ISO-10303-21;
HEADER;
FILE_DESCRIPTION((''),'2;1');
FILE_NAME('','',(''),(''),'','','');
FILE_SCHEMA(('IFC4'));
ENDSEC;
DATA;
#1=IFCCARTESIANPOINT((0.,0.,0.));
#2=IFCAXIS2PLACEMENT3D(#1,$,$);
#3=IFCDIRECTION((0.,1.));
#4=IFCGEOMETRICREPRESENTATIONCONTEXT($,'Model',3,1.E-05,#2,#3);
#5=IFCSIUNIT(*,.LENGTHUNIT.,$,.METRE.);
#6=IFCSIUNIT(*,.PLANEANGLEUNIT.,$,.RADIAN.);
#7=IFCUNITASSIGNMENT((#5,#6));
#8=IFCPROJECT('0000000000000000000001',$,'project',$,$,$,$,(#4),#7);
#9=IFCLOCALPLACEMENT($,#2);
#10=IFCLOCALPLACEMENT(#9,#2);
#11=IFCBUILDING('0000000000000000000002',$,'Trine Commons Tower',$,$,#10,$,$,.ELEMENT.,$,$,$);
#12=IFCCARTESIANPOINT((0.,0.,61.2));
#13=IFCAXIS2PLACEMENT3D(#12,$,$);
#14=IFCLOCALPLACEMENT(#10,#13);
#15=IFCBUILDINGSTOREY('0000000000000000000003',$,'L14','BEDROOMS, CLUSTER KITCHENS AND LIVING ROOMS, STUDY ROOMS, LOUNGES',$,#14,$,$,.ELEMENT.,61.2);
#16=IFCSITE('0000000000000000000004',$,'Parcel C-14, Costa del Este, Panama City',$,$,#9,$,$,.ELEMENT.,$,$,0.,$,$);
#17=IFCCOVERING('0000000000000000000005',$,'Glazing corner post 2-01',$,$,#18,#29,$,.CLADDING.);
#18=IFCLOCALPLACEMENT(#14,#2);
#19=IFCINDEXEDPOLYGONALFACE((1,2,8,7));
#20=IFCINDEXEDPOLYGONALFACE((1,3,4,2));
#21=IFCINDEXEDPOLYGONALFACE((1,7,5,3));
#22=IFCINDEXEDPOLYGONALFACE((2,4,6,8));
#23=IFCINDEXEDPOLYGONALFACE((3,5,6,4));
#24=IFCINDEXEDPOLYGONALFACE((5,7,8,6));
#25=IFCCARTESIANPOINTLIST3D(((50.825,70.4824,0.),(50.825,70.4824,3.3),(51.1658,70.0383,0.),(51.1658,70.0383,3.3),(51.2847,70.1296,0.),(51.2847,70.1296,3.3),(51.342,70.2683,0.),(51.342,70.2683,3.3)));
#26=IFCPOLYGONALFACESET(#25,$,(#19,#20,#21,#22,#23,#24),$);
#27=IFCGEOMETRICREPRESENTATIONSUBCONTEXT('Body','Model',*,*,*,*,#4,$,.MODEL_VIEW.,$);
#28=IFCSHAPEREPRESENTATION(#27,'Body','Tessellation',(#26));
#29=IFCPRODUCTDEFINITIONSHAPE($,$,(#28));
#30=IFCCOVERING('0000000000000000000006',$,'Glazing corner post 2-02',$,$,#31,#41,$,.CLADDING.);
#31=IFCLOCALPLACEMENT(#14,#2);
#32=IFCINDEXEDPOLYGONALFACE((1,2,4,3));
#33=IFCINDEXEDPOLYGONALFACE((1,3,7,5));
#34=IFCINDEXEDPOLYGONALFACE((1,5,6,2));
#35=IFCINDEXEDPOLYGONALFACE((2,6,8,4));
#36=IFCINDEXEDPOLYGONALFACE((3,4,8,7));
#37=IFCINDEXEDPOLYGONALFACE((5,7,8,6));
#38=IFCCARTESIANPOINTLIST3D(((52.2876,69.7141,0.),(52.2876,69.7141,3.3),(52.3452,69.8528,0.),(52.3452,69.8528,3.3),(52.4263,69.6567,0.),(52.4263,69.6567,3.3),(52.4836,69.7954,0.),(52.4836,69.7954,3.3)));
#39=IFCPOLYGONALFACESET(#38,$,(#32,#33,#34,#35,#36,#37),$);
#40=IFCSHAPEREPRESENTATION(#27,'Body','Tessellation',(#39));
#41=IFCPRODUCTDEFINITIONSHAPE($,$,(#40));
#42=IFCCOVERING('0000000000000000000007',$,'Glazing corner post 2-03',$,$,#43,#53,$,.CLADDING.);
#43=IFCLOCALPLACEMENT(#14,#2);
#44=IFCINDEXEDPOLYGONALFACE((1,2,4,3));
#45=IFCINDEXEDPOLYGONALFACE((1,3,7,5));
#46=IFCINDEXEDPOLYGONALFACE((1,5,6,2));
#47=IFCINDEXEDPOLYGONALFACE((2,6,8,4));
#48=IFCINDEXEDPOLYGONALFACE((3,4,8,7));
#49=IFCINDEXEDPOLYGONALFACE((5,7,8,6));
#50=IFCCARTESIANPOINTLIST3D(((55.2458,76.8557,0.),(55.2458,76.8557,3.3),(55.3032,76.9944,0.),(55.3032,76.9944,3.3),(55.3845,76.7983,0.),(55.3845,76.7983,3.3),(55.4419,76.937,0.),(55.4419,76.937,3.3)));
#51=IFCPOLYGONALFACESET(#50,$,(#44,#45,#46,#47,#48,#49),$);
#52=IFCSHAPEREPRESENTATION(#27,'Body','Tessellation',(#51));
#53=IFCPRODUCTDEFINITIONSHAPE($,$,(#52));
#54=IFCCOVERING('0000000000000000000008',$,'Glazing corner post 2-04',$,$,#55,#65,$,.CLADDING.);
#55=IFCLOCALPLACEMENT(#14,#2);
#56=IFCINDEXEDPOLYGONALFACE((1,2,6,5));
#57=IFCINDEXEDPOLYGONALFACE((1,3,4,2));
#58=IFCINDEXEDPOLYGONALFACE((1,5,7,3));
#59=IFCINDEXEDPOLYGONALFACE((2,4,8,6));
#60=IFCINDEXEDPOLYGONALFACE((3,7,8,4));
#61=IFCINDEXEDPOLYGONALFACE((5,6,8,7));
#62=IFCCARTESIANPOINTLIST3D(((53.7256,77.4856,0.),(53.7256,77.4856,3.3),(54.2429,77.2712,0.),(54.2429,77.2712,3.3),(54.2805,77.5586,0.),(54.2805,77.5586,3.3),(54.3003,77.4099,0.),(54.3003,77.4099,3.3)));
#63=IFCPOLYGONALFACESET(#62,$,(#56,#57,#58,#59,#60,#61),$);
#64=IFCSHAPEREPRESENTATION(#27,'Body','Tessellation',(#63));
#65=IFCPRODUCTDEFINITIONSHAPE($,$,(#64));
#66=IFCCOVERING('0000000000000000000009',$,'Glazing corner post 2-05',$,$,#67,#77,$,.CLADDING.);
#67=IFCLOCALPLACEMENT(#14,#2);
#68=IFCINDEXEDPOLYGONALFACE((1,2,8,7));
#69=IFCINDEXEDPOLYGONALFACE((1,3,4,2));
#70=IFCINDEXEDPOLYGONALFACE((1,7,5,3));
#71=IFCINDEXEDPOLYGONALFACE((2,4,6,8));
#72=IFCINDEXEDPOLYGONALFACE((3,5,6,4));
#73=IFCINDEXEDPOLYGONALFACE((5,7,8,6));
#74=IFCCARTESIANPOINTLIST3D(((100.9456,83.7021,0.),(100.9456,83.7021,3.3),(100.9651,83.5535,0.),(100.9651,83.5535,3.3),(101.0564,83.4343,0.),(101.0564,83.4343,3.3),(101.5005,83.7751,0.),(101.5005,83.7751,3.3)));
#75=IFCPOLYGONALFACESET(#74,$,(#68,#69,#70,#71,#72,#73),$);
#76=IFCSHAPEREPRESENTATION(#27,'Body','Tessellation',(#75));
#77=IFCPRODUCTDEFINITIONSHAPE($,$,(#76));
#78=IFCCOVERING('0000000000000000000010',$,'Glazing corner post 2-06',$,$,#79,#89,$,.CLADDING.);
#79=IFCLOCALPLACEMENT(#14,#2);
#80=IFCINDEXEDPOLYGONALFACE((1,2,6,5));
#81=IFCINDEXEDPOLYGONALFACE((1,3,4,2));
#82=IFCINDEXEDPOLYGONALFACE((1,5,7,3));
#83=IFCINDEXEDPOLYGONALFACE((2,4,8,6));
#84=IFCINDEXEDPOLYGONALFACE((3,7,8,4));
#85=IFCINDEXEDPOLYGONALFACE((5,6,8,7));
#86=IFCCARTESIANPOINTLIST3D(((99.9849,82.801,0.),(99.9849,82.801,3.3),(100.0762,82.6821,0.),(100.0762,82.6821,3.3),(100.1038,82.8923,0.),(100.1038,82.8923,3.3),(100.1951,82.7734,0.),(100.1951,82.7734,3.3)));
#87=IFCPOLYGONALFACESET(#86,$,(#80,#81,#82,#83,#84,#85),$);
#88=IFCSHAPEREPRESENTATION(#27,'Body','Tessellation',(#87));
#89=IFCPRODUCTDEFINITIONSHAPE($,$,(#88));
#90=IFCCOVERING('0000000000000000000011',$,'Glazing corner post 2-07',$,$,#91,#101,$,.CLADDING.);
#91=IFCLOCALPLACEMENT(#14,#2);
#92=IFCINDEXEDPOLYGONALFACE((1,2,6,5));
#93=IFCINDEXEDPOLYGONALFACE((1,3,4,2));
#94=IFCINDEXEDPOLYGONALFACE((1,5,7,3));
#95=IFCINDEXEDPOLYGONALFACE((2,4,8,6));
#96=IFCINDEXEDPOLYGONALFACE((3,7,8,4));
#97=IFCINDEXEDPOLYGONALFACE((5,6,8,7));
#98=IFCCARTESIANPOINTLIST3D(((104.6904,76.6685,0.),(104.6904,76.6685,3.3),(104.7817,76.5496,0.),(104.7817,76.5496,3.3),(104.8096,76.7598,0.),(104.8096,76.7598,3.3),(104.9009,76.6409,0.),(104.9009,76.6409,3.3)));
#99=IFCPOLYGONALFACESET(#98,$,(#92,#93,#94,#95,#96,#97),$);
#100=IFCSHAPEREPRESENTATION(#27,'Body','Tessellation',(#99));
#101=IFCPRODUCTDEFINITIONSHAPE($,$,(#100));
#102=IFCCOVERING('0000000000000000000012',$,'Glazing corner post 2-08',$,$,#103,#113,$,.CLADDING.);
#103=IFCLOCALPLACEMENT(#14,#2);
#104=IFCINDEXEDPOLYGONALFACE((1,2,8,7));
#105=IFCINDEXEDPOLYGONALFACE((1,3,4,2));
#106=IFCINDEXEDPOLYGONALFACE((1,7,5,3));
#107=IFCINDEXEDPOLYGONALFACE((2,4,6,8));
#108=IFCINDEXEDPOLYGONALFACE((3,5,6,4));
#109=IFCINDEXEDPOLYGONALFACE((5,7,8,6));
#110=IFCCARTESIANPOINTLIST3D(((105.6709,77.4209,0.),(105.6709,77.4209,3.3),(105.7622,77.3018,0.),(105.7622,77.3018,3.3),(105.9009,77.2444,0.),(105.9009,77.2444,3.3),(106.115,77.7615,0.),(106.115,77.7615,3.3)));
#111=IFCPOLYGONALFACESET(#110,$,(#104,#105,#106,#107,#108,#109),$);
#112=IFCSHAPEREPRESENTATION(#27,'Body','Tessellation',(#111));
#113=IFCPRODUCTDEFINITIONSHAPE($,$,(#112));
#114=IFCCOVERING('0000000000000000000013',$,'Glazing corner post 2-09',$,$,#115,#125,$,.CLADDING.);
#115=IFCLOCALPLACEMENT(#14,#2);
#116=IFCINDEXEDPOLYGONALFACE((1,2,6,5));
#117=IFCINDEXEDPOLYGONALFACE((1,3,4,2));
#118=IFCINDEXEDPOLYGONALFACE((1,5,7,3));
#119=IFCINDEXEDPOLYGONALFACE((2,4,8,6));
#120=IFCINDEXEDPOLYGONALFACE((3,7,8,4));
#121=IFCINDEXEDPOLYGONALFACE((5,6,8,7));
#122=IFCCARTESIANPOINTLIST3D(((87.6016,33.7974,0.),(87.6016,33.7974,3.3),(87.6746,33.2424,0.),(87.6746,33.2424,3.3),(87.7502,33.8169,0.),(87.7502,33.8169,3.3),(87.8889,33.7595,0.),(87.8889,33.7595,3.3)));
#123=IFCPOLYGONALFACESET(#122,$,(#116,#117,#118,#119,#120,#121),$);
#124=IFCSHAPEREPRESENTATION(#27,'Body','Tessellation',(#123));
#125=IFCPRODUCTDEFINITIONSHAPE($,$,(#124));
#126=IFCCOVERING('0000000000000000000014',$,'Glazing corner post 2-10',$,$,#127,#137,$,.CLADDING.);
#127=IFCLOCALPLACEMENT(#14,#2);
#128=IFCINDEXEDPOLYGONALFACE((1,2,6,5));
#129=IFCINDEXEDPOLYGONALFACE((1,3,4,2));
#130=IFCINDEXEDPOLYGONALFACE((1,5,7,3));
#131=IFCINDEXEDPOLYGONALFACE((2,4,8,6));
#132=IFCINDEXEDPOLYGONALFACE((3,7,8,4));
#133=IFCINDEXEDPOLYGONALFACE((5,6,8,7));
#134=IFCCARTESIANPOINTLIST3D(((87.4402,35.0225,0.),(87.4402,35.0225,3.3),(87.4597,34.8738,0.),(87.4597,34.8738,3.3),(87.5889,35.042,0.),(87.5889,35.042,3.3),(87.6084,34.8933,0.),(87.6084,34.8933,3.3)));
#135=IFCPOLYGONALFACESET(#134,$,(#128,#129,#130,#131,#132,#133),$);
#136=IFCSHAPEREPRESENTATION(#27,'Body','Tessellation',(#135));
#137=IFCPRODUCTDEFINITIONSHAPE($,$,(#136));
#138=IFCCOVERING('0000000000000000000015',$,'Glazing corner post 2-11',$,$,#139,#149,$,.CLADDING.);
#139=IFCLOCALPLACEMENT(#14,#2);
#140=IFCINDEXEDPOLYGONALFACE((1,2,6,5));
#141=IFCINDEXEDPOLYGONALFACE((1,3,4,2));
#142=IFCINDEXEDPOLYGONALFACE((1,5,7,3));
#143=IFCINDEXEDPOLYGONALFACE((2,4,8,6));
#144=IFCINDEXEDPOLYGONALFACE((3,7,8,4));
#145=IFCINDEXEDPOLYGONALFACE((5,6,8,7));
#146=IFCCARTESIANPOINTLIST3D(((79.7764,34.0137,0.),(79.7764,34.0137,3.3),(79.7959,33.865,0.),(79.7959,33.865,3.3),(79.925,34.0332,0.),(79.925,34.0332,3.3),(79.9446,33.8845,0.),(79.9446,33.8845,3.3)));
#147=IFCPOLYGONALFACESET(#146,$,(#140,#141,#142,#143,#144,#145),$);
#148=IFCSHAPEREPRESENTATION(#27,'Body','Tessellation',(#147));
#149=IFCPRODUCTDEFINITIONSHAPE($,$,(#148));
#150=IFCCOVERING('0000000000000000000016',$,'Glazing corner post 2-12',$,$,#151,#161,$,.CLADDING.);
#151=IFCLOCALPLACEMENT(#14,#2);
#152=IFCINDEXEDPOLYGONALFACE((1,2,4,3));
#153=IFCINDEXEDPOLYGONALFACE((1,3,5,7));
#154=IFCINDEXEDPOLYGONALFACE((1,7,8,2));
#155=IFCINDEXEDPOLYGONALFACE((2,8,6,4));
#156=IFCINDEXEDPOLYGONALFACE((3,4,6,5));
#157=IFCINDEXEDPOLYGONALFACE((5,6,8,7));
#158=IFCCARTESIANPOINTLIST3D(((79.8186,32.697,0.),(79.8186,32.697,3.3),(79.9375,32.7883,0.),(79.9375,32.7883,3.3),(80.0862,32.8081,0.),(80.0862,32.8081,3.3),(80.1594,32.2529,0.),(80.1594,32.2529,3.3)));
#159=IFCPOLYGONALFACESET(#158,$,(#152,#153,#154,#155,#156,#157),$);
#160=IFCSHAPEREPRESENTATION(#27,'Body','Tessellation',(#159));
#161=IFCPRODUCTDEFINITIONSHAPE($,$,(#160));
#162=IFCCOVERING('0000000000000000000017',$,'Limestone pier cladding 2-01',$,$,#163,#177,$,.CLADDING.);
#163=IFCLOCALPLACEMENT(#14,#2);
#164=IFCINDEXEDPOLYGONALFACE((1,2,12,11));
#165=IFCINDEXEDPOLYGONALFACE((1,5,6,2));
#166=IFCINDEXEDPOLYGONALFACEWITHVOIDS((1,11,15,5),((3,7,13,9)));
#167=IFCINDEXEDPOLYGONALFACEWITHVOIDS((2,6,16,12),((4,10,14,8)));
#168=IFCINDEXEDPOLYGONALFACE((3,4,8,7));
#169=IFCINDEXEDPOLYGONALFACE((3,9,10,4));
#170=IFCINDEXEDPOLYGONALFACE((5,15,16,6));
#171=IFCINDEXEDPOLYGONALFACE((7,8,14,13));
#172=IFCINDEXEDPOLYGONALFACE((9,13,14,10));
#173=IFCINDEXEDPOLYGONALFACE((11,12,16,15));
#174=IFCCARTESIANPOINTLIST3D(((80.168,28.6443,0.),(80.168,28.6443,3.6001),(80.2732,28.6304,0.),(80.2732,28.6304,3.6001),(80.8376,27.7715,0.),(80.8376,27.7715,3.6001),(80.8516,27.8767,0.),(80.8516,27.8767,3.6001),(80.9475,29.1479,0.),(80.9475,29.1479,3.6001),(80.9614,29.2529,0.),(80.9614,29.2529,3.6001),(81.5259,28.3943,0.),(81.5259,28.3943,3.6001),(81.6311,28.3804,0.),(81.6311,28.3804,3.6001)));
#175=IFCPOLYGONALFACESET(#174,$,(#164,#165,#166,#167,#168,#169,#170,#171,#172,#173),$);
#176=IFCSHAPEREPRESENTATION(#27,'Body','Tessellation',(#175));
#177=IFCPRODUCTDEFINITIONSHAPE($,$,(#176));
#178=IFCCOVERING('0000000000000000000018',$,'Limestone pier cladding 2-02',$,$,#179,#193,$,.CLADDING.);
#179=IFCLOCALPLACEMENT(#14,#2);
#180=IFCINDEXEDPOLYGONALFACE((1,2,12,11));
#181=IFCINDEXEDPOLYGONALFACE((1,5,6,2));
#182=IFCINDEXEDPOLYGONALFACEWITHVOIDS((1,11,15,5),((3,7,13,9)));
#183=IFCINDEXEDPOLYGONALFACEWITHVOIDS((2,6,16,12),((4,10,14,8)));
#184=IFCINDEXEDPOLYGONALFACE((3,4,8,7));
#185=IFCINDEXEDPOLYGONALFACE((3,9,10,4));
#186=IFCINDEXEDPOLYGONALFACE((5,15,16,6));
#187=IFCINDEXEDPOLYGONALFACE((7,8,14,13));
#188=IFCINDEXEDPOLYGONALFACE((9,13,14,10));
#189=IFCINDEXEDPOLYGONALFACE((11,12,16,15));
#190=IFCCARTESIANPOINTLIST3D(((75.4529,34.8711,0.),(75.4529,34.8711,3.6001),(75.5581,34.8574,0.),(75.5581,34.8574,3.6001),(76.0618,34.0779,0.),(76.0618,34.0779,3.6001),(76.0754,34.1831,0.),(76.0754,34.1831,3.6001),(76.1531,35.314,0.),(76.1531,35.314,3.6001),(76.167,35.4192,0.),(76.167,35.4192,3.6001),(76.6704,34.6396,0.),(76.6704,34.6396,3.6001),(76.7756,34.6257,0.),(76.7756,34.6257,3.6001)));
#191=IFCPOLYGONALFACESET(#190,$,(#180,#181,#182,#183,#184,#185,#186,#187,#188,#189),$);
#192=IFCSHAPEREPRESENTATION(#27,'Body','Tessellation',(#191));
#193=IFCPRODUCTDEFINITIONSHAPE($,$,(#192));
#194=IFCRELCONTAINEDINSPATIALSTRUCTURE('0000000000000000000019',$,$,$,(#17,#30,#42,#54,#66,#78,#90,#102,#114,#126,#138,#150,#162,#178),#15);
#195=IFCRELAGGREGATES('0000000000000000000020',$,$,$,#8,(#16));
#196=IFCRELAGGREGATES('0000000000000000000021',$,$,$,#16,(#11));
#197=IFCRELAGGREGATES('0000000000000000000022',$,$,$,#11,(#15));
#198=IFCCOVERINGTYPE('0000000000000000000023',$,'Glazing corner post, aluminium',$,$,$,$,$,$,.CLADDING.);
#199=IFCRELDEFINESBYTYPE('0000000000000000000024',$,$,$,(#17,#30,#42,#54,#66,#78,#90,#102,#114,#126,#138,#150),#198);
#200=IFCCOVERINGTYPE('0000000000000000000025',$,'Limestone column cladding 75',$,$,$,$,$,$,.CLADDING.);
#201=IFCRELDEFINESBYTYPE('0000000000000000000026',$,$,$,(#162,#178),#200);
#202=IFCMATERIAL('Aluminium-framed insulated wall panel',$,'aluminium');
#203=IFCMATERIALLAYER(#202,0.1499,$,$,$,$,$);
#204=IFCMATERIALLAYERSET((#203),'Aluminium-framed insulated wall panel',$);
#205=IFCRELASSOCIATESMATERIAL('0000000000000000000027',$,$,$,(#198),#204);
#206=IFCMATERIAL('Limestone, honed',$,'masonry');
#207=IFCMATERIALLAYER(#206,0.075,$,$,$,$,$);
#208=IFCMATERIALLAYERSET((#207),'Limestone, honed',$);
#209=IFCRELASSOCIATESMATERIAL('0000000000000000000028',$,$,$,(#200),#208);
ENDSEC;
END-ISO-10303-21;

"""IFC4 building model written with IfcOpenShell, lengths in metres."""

from ifc_helpers import new_model, si_unit, direction, frame, origin, place, context, subcontext, project, spatial, polyline, outline, extrude, material, layer, layer_set, type_object, element, save


model = new_model("IFC4")

# Units and contexts
model_context = context("Model", 3, precision=1e-05, world=origin(), true_north=direction((0.0, 1.0)))
body_context = subcontext(model_context, "Body", "Model", "MODEL_VIEW")
ifc_project = project(units=[si_unit("LENGTHUNIT", "METRE"), si_unit("PLANEANGLEUNIT", "RADIAN")], contexts=[model_context])

# Site, building, storey
site_placement = place(None, origin())
site = spatial("IfcSite", under=ifc_project, at=site_placement, Name="Parcel C-14, Costa del Este, Panama City", CompositionType="ELEMENT", RefElevation=0.0)
building_placement = place(site_placement, origin())
building = spatial("IfcBuilding", under=site, at=building_placement, Name="Trine Commons Tower", CompositionType="ELEMENT")
storey_placement = place(building_placement, frame((0.0, 0.0, 61.2)))
storey = spatial("IfcBuildingStorey", under=building, at=storey_placement, Name="L14", Description="BEDROOMS, CLUSTER KITCHENS AND LIVING ROOMS, STUDY ROOMS, LOUNGES", CompositionType="ELEMENT", Elevation=61.2)

# Coverings
ifc_material_1 = material(Name="Aluminium-framed insulated wall panel", Category="aluminium")
ifc_layer_1 = layer(ifc_material_1, 0.1499)
ifc_layer_set_1 = layer_set([ifc_layer_1], Name="Aluminium-framed insulated wall panel")
covering_type_1 = type_object("IfcCoveringType", Name="Glazing corner post, aluminium", PredefinedType="CLADDING", material=ifc_layer_set_1)
covering_1_placement = place(storey_placement, origin())
element("IfcCovering", 1, at=covering_1_placement, inside=storey, type_object=covering_type_1, Name="Glazing corner post 2-01", PredefinedType="CLADDING", context=body_context, shape_type="SweptSolid", body=[
    extrude(outline(polyline([(51.1658, 70.0383), (51.2847, 70.1296), (51.342, 70.2683), (50.825, 70.4824), (51.1658, 70.0383)])), origin(), (0.0, 0.0, 1.0), 3.3),
])
covering_2_placement = place(storey_placement, origin())
element("IfcCovering", 2, at=covering_2_placement, inside=storey, type_object=covering_type_1, Name="Glazing corner post 2-02", PredefinedType="CLADDING", context=body_context, shape_type="SweptSolid", body=[
    extrude(outline(polyline([(52.2876, 69.7141), (52.4263, 69.6567), (52.4836, 69.7954), (52.3452, 69.8528), (52.2876, 69.7141)])), origin(), (0.0, 0.0, 1.0), 3.3),
])
covering_3_placement = place(storey_placement, origin())
element("IfcCovering", 3, at=covering_3_placement, inside=storey, type_object=covering_type_1, Name="Glazing corner post 2-03", PredefinedType="CLADDING", context=body_context, shape_type="SweptSolid", body=[
    extrude(outline(polyline([(55.3845, 76.7983), (55.4419, 76.937), (55.3032, 76.9944), (55.2458, 76.8557), (55.3845, 76.7983)])), origin(), (0.0, 0.0, 1.0), 3.3),
])
covering_4_placement = place(storey_placement, origin())
element("IfcCovering", 4, at=covering_4_placement, inside=storey, type_object=covering_type_1, Name="Glazing corner post 2-04", PredefinedType="CLADDING", context=body_context, shape_type="SweptSolid", body=[
    extrude(outline(polyline([(54.2429, 77.2712), (54.3003, 77.4099), (54.2805, 77.5586), (53.7256, 77.4856), (54.2429, 77.2712)])), origin(), (0.0, 0.0, 1.0), 3.3),
])
covering_5_placement = place(storey_placement, origin())
element("IfcCovering", 5, at=covering_5_placement, inside=storey, type_object=covering_type_1, Name="Glazing corner post 2-05", PredefinedType="CLADDING", context=body_context, shape_type="SweptSolid", body=[
    extrude(outline(polyline([(101.0564, 83.4343), (101.5005, 83.7751), (100.9456, 83.7021), (100.9651, 83.5535), (101.0564, 83.4343)])), origin(), (0.0, 0.0, 1.0), 3.3),
])
covering_6_placement = place(storey_placement, origin())
element("IfcCovering", 6, at=covering_6_placement, inside=storey, type_object=covering_type_1, Name="Glazing corner post 2-06", PredefinedType="CLADDING", context=body_context, shape_type="SweptSolid", body=[
    extrude(outline(polyline([(100.0762, 82.6821), (100.1951, 82.7734), (100.1038, 82.8923), (99.9849, 82.801), (100.0762, 82.6821)])), origin(), (0.0, 0.0, 1.0), 3.3),
])
covering_7_placement = place(storey_placement, origin())
element("IfcCovering", 7, at=covering_7_placement, inside=storey, type_object=covering_type_1, Name="Glazing corner post 2-07", PredefinedType="CLADDING", context=body_context, shape_type="SweptSolid", body=[
    extrude(outline(polyline([(104.6904, 76.6685), (104.7817, 76.5496), (104.9009, 76.6409), (104.8096, 76.7598), (104.6904, 76.6685)])), origin(), (0.0, 0.0, 1.0), 3.3),
])
covering_8_placement = place(storey_placement, origin())
element("IfcCovering", 8, at=covering_8_placement, inside=storey, type_object=covering_type_1, Name="Glazing corner post 2-08", PredefinedType="CLADDING", context=body_context, shape_type="SweptSolid", body=[
    extrude(outline(polyline([(105.9009, 77.2444), (106.115, 77.7615), (105.6709, 77.4209), (105.7622, 77.3018), (105.9009, 77.2444)])), origin(), (0.0, 0.0, 1.0), 3.3),
])
covering_9_placement = place(storey_placement, origin())
element("IfcCovering", 9, at=covering_9_placement, inside=storey, type_object=covering_type_1, Name="Glazing corner post 2-09", PredefinedType="CLADDING", context=body_context, shape_type="SweptSolid", body=[
    extrude(outline(polyline([(87.6016, 33.7974), (87.6746, 33.2424), (87.8889, 33.7595), (87.7502, 33.8169), (87.6016, 33.7974)])), origin(), (0.0, 0.0, 1.0), 3.3),
])
covering_10_placement = place(storey_placement, origin())
element("IfcCovering", 10, at=covering_10_placement, inside=storey, type_object=covering_type_1, Name="Glazing corner post 2-10", PredefinedType="CLADDING", context=body_context, shape_type="SweptSolid", body=[
    extrude(outline(polyline([(87.4402, 35.0225), (87.4597, 34.8738), (87.6084, 34.8933), (87.5889, 35.042), (87.4402, 35.0225)])), origin(), (0.0, 0.0, 1.0), 3.3),
])
covering_11_placement = place(storey_placement, origin())
element("IfcCovering", 11, at=covering_11_placement, inside=storey, type_object=covering_type_1, Name="Glazing corner post 2-11", PredefinedType="CLADDING", context=body_context, shape_type="SweptSolid", body=[
    extrude(outline(polyline([(79.7959, 33.865), (79.9446, 33.8845), (79.925, 34.0332), (79.7764, 34.0137), (79.7959, 33.865)])), origin(), (0.0, 0.0, 1.0), 3.3),
])
covering_12_placement = place(storey_placement, origin())
element("IfcCovering", 12, at=covering_12_placement, inside=storey, type_object=covering_type_1, Name="Glazing corner post 2-12", PredefinedType="CLADDING", context=body_context, shape_type="SweptSolid", body=[
    extrude(outline(polyline([(79.8186, 32.697), (80.1594, 32.2529), (80.0862, 32.8081), (79.9375, 32.7883), (79.8186, 32.697)])), origin(), (0.0, 0.0, 1.0), 3.3),
])
ifc_material_2 = material(Name="Limestone, honed", Category="masonry")
ifc_layer_2 = layer(ifc_material_2, 0.075)
ifc_layer_set_2 = layer_set([ifc_layer_2], Name="Limestone, honed")
covering_type_2 = type_object("IfcCoveringType", Name="Limestone column cladding 75", PredefinedType="CLADDING", material=ifc_layer_set_2)
covering_13_placement = place(storey_placement, origin())
element("IfcCovering", 13, at=covering_13_placement, inside=storey, type_object=covering_type_2, Name="Limestone pier cladding 2-01", PredefinedType="CLADDING", context=body_context, shape_type="SweptSolid", body=[
    extrude(outline(polyline([(80.9614, 29.2529), (80.168, 28.6443), (80.8376, 27.7715), (81.6311, 28.3804), (80.9614, 29.2529)]), holes=[polyline([(80.9475, 29.1479), (80.2732, 28.6304), (80.8516, 27.8767), (81.5259, 28.3943), (80.9475, 29.1479)])]), origin(), (0.0, 0.0, 1.0), 3.6001),
])
covering_14_placement = place(storey_placement, origin())
element("IfcCovering", 14, at=covering_14_placement, inside=storey, type_object=covering_type_2, Name="Limestone pier cladding 2-02", PredefinedType="CLADDING", context=body_context, shape_type="SweptSolid", body=[
    extrude(outline(polyline([(76.167, 35.4192), (75.4529, 34.8711), (76.0618, 34.0779), (76.7756, 34.6257), (76.167, 35.4192)]), holes=[polyline([(76.1531, 35.314), (75.5581, 34.8574), (76.0754, 34.1831), (76.6704, 34.6396), (76.1531, 35.314)])]), origin(), (0.0, 0.0, 1.0), 3.6001),
])

save(model, "model.ifc")
